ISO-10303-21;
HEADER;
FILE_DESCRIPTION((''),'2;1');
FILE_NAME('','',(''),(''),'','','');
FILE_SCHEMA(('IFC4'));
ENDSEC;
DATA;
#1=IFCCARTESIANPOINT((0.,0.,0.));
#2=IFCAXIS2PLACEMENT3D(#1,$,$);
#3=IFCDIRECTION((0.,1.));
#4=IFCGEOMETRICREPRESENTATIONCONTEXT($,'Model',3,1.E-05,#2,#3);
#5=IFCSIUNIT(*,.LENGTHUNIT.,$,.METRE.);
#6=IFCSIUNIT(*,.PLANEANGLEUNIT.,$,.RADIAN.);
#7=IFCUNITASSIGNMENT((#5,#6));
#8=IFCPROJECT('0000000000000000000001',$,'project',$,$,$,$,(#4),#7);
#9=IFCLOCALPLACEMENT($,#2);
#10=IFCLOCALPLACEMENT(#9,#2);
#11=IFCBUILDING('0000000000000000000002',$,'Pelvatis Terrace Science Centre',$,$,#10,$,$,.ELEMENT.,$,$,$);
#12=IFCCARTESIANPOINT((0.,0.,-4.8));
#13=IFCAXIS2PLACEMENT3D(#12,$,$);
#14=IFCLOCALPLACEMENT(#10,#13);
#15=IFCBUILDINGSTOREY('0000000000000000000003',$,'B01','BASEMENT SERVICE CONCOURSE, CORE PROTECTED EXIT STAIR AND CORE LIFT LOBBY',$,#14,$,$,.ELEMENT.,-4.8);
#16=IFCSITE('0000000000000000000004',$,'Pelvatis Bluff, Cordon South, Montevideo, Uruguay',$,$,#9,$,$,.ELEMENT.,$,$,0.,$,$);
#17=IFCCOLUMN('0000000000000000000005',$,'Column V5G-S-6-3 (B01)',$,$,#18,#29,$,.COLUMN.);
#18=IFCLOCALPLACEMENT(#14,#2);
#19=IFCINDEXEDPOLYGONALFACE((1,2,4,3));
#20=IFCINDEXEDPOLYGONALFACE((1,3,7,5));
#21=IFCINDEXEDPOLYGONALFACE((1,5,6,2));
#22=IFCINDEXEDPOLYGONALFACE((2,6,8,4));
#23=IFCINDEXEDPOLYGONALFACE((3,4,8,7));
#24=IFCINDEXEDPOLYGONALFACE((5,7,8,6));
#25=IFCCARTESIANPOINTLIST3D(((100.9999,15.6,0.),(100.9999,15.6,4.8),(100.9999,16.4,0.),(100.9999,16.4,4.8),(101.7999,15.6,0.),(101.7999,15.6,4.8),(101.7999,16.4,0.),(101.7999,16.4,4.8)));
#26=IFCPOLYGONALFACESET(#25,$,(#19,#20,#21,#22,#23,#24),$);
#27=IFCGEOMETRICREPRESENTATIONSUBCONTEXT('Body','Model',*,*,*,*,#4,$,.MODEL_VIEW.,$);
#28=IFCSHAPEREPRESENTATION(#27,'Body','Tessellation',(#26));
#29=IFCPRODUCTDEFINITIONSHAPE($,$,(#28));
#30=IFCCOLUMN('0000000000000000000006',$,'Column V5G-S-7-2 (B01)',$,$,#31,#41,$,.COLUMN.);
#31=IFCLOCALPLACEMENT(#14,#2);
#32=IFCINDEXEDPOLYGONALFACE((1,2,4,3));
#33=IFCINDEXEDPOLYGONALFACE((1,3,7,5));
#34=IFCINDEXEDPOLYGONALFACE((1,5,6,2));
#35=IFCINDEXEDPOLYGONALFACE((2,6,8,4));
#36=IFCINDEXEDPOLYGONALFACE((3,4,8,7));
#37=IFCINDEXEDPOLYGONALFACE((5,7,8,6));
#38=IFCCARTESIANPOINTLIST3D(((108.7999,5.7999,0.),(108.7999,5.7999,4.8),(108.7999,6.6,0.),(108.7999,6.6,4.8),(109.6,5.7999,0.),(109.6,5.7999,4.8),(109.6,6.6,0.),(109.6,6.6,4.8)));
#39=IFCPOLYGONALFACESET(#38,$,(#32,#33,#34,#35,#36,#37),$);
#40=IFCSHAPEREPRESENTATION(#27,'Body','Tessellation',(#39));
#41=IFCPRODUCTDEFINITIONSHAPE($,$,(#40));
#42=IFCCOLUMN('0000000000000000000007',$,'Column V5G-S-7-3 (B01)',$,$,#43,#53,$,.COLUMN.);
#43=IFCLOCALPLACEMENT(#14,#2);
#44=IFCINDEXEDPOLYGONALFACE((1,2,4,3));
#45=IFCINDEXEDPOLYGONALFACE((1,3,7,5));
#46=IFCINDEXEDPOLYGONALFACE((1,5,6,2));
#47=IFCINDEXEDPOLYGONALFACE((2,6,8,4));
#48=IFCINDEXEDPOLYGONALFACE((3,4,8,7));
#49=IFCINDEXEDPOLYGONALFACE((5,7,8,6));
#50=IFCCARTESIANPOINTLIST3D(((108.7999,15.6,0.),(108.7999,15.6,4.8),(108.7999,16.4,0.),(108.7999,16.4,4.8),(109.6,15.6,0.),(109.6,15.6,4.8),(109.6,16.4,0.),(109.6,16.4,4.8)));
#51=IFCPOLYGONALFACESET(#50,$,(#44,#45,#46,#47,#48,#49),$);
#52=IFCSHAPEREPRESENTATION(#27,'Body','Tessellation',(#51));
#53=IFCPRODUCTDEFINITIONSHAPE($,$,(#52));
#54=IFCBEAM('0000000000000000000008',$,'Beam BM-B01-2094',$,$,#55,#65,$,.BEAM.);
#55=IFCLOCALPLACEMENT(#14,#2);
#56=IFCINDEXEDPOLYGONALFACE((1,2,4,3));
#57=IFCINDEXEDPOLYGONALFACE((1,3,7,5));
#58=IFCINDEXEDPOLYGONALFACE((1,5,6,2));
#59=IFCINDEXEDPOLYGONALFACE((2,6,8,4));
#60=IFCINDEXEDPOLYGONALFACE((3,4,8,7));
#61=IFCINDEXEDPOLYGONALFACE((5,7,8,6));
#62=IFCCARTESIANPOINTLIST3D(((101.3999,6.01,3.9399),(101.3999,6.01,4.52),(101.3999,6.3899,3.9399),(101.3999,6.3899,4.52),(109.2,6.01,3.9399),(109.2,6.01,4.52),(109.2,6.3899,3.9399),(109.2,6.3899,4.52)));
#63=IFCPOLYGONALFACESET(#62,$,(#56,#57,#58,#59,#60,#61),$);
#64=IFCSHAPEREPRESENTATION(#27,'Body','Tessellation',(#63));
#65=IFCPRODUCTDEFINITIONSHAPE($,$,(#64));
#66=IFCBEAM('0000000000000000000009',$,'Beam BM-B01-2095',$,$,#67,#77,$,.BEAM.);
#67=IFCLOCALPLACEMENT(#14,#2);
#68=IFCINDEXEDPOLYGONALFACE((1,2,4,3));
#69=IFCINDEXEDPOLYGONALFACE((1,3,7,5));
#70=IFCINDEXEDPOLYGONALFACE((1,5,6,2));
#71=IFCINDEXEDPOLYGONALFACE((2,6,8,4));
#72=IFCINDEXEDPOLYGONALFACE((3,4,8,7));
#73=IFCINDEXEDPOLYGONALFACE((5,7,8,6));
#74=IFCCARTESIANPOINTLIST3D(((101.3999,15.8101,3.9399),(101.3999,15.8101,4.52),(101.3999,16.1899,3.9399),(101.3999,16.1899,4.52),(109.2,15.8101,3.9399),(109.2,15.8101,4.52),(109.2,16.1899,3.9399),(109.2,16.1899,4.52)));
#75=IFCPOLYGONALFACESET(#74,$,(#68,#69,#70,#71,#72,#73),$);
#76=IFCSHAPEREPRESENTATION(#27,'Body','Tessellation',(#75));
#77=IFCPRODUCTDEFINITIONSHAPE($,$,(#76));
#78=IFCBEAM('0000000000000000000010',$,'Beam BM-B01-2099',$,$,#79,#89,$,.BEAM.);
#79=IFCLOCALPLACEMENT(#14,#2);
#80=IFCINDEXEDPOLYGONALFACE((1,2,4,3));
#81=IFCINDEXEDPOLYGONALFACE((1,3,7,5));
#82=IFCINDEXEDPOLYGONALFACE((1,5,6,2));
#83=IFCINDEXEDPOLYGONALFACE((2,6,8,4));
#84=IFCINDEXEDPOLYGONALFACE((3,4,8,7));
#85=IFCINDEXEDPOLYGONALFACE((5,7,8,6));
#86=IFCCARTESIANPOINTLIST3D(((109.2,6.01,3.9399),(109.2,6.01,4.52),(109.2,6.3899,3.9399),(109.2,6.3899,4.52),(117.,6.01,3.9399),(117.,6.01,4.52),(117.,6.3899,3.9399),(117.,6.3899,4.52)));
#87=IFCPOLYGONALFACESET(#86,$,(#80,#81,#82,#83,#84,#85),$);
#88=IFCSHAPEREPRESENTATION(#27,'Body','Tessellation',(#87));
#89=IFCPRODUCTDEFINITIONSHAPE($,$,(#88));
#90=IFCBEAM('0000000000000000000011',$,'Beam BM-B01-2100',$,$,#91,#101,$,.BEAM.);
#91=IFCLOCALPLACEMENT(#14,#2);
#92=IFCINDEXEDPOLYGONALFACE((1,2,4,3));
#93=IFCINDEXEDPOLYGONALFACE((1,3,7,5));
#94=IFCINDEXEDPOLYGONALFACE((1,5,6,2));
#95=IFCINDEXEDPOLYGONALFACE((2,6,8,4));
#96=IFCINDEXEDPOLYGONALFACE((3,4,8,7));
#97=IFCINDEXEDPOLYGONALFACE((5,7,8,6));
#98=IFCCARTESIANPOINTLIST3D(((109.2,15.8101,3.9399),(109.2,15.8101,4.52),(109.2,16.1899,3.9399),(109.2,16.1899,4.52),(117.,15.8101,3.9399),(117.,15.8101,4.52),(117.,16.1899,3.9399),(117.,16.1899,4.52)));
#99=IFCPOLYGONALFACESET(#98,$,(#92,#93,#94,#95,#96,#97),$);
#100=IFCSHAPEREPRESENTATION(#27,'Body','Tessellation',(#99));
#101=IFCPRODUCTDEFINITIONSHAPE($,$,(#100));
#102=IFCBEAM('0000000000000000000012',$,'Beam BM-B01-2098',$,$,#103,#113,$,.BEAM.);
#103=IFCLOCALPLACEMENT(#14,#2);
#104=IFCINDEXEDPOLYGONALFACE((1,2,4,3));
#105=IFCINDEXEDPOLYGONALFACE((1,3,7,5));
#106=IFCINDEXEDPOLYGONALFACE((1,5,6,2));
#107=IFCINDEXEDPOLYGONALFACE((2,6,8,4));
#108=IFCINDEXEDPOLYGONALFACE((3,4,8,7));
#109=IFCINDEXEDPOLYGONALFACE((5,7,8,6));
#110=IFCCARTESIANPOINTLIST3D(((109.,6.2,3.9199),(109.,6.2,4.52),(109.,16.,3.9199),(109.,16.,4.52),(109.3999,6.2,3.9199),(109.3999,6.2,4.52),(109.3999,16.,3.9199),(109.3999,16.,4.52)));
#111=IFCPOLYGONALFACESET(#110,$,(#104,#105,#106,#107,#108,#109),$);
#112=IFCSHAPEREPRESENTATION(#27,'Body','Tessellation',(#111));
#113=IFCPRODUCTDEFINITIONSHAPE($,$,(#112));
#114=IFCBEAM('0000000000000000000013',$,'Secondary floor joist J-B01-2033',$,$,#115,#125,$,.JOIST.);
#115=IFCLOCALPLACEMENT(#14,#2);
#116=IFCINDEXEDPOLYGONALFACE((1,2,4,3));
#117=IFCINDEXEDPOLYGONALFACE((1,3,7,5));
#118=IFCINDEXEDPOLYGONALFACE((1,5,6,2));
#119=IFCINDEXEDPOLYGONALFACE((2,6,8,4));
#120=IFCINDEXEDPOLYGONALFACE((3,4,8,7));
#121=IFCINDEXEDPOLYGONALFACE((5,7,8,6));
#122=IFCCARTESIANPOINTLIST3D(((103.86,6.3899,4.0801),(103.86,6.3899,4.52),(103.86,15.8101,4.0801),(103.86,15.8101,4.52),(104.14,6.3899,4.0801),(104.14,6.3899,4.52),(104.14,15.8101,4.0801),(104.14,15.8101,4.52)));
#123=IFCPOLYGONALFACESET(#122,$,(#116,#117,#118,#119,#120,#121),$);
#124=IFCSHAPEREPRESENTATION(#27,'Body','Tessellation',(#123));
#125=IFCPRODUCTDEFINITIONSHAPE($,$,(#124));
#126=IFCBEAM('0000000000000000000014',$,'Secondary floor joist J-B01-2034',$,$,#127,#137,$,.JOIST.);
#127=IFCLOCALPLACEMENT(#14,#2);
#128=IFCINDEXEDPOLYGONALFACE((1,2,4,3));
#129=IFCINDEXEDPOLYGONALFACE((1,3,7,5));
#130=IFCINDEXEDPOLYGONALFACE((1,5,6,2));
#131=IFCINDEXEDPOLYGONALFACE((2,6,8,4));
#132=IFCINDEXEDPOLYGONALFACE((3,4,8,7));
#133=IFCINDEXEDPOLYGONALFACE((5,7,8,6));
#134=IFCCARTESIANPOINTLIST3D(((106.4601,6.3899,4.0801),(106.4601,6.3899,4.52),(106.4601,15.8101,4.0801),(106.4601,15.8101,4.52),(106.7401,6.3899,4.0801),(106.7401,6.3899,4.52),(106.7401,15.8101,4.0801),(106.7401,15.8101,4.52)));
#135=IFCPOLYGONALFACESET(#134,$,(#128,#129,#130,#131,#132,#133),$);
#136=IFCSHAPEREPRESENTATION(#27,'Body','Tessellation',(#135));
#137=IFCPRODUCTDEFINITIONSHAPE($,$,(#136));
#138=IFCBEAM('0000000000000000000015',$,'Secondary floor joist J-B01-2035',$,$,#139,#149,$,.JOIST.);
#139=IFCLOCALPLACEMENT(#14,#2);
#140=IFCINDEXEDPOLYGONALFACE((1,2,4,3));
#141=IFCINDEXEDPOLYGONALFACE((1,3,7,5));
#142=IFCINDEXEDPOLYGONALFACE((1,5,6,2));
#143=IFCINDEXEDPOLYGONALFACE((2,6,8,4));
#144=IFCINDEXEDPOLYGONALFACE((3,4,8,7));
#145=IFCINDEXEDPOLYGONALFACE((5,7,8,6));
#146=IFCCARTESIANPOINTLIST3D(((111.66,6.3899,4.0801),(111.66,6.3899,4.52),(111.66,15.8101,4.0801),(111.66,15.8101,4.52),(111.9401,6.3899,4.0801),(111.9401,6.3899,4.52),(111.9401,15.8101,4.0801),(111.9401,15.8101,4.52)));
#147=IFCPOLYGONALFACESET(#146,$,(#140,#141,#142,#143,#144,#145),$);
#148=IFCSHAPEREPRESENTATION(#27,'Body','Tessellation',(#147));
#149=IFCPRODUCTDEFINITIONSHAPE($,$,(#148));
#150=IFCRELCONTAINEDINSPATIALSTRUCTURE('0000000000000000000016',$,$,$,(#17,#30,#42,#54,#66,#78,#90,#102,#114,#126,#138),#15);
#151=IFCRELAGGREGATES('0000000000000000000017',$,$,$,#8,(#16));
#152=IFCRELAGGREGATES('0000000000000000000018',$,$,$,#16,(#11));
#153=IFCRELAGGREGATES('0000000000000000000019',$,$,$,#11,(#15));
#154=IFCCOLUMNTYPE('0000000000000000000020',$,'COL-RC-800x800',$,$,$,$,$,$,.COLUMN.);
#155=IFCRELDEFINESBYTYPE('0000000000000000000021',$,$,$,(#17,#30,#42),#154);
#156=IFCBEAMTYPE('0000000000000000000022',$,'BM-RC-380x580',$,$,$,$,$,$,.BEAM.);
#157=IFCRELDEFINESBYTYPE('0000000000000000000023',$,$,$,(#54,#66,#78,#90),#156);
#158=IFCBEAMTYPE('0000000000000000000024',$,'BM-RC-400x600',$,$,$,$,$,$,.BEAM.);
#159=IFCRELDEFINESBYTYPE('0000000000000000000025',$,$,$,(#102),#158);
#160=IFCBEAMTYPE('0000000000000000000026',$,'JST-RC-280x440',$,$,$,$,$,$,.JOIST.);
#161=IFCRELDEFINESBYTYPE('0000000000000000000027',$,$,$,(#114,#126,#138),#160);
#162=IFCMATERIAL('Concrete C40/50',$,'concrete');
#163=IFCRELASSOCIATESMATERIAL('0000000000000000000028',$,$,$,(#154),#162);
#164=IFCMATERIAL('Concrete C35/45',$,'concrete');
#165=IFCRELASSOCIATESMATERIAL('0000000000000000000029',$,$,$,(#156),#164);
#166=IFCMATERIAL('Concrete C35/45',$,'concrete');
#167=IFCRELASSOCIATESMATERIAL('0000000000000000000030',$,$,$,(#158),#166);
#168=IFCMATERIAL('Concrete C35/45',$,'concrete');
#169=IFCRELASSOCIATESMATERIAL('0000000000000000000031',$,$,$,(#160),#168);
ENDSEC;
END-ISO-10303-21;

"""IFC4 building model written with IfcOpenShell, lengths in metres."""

from ifc_helpers import new_model, si_unit, direction, frame, origin, origin_2d, place, context, subcontext, project, spatial, rectangle, extrude, material, material_profile, profile_set, type_object, element, save


model = new_model("IFC4")

# Units and contexts
model_context = context("Model", 3, precision=1e-05, world=origin(), true_north=direction((0.0, 1.0)))
body_context = subcontext(model_context, "Body", "Model", "MODEL_VIEW")
ifc_project = project(units=[si_unit("LENGTHUNIT", "METRE"), si_unit("PLANEANGLEUNIT", "RADIAN")], contexts=[model_context])

# Site, building, storey
site_placement = place(None, origin())
site = spatial("IfcSite", under=ifc_project, at=site_placement, Name="Pelvatis Bluff, Cordon South, Montevideo, Uruguay", CompositionType="ELEMENT", RefElevation=0.0)
building_placement = place(site_placement, origin())
building = spatial("IfcBuilding", under=site, at=building_placement, Name="Pelvatis Terrace Science Centre", CompositionType="ELEMENT")
storey_placement = place(building_placement, frame((0.0, 0.0, -4.8)))
storey = spatial("IfcBuildingStorey", under=building, at=storey_placement, Name="B01", Description="BASEMENT SERVICE CONCOURSE, CORE PROTECTED EXIT STAIR AND CORE LIFT LOBBY", CompositionType="ELEMENT", Elevation=-4.8)

# Columns
ifc_material_1 = material(Name="Concrete C40/50", Category="concrete")
ifc_material_profile_1 = material_profile(ifc_material_1, rectangle(XDim=0.8, YDim=0.8, at=origin_2d()), Name="RC-COL 800x800")
ifc_profile_set_1 = profile_set([ifc_material_profile_1], Name="Concrete C40/50")
column_type = type_object("IfcColumnType", Name="COL-RC-800x800", PredefinedType="COLUMN", material=ifc_profile_set_1)
for number, where, z_axis, x_axis, name in (
    (1, (101.3999, 16.0, 0.0), (0.0, 0.0, 1.0), (1.0, 0.0, 0.0), "Column V5G-S-6-3 (B01)"),
    (2, (109.2, 6.2, 0.0), (0.0, 0.0, 1.0), (1.0, 0.0, 0.0), "Column V5G-S-7-2 (B01)"),
    (3, (109.2, 16.0, 0.0), (0.0, 0.0, 1.0), (1.0, 0.0, 0.0), "Column V5G-S-7-3 (B01)"),
):
    element("IfcColumn", number, at=place(storey_placement, frame(where, z_axis=z_axis, x_axis=x_axis)), inside=storey, type_object=column_type, Name=name, PredefinedType="COLUMN", context=body_context, shape_type="SweptSolid", body=[
        extrude(rectangle(XDim=0.8, YDim=0.8, at=origin_2d()), origin(), (0.0, 0.0, 1.0), 4.8),
    ])

# Beams
ifc_material_2 = material(Name="Concrete C35/45", Category="concrete")
ifc_material_profile_2 = material_profile(ifc_material_2, rectangle(XDim=0.3799, YDim=0.5801, at=origin_2d()), Name="RC-BM 380x580")
ifc_profile_set_2 = profile_set([ifc_material_profile_2], Name="Concrete C35/45")
beam_type_1 = type_object("IfcBeamType", Name="BM-RC-380x580", PredefinedType="BEAM", material=ifc_profile_set_2)
for number, where, z_axis, x_axis, name in (
    (4, (101.3999, 6.2, 4.23), (1.0, 0.0, 0.0), (0.0, 1.0, 0.0), "Beam BM-B01-2094"),
    (5, (101.3999, 16.0, 4.23), (1.0, 0.0, 0.0), (0.0, 1.0, 0.0), "Beam BM-B01-2095"),
    (6, (109.2, 6.2, 4.23), (1.0, 0.0, 0.0), (0.0, 1.0, 0.0), "Beam BM-B01-2099"),
    (7, (109.2, 16.0, 4.23), (1.0, 0.0, 0.0), (0.0, 1.0, 0.0), "Beam BM-B01-2100"),
):
    element("IfcBeam", number, at=place(storey_placement, frame(where, z_axis=z_axis, x_axis=x_axis)), inside=storey, type_object=beam_type_1, Name=name, PredefinedType="BEAM", context=body_context, shape_type="SweptSolid", body=[
        extrude(rectangle(XDim=0.3799, YDim=0.5801, at=origin_2d()), origin(), (0.0, 0.0, 1.0), 7.8),
    ])
ifc_material_3 = material(Name="Concrete C35/45", Category="concrete")
ifc_material_profile_3 = material_profile(ifc_material_3, rectangle(XDim=0.3999, YDim=0.6001, at=origin_2d()), Name="RC-BM 400x600")
ifc_profile_set_3 = profile_set([ifc_material_profile_3], Name="Concrete C35/45")
beam_type_2 = type_object("IfcBeamType", Name="BM-RC-400x600", PredefinedType="BEAM", material=ifc_profile_set_3)
beam_placement = place(storey_placement, frame((109.2, 6.2, 4.22), z_axis=(0.0, 1.0, 0.0), x_axis=(-1.0, 0.0, 0.0)))
element("IfcBeam", 8, at=beam_placement, inside=storey, type_object=beam_type_2, Name="Beam BM-B01-2098", PredefinedType="BEAM", context=body_context, shape_type="SweptSolid", body=[
    extrude(rectangle(XDim=0.3999, YDim=0.6001, at=origin_2d()), origin(), (0.0, 0.0, 1.0), 9.8),
])
ifc_material_4 = material(Name="Concrete C35/45", Category="concrete")
ifc_material_profile_4 = material_profile(ifc_material_4, rectangle(XDim=0.28, YDim=0.4399, at=origin_2d()), Name="RC-JST 280x440")
ifc_profile_set_4 = profile_set([ifc_material_profile_4], Name="Concrete C35/45")
beam_type_3 = type_object("IfcBeamType", Name="JST-RC-280x440", PredefinedType="JOIST", material=ifc_profile_set_4)
for number, where, z_axis, x_axis, name in (
    (9, (104.0, 6.3899, 4.3), (0.0, 1.0, 0.0), (-1.0, 0.0, 0.0), "Secondary floor joist J-B01-2033"),
    (10, (106.6001, 6.3899, 4.3), (0.0, 1.0, 0.0), (-1.0, 0.0, 0.0), "Secondary floor joist J-B01-2034"),
    (11, (111.8, 6.3899, 4.3), (0.0, 1.0, 0.0), (-1.0, 0.0, 0.0), "Secondary floor joist J-B01-2035"),
):
    element("IfcBeam", number, at=place(storey_placement, frame(where, z_axis=z_axis, x_axis=x_axis)), inside=storey, type_object=beam_type_3, Name=name, PredefinedType="JOIST", context=body_context, shape_type="SweptSolid", body=[
        extrude(rectangle(XDim=0.28, YDim=0.4399, at=origin_2d()), origin(), (0.0, 0.0, 1.0), 9.4202),
    ])

save(model, "model.ifc")
